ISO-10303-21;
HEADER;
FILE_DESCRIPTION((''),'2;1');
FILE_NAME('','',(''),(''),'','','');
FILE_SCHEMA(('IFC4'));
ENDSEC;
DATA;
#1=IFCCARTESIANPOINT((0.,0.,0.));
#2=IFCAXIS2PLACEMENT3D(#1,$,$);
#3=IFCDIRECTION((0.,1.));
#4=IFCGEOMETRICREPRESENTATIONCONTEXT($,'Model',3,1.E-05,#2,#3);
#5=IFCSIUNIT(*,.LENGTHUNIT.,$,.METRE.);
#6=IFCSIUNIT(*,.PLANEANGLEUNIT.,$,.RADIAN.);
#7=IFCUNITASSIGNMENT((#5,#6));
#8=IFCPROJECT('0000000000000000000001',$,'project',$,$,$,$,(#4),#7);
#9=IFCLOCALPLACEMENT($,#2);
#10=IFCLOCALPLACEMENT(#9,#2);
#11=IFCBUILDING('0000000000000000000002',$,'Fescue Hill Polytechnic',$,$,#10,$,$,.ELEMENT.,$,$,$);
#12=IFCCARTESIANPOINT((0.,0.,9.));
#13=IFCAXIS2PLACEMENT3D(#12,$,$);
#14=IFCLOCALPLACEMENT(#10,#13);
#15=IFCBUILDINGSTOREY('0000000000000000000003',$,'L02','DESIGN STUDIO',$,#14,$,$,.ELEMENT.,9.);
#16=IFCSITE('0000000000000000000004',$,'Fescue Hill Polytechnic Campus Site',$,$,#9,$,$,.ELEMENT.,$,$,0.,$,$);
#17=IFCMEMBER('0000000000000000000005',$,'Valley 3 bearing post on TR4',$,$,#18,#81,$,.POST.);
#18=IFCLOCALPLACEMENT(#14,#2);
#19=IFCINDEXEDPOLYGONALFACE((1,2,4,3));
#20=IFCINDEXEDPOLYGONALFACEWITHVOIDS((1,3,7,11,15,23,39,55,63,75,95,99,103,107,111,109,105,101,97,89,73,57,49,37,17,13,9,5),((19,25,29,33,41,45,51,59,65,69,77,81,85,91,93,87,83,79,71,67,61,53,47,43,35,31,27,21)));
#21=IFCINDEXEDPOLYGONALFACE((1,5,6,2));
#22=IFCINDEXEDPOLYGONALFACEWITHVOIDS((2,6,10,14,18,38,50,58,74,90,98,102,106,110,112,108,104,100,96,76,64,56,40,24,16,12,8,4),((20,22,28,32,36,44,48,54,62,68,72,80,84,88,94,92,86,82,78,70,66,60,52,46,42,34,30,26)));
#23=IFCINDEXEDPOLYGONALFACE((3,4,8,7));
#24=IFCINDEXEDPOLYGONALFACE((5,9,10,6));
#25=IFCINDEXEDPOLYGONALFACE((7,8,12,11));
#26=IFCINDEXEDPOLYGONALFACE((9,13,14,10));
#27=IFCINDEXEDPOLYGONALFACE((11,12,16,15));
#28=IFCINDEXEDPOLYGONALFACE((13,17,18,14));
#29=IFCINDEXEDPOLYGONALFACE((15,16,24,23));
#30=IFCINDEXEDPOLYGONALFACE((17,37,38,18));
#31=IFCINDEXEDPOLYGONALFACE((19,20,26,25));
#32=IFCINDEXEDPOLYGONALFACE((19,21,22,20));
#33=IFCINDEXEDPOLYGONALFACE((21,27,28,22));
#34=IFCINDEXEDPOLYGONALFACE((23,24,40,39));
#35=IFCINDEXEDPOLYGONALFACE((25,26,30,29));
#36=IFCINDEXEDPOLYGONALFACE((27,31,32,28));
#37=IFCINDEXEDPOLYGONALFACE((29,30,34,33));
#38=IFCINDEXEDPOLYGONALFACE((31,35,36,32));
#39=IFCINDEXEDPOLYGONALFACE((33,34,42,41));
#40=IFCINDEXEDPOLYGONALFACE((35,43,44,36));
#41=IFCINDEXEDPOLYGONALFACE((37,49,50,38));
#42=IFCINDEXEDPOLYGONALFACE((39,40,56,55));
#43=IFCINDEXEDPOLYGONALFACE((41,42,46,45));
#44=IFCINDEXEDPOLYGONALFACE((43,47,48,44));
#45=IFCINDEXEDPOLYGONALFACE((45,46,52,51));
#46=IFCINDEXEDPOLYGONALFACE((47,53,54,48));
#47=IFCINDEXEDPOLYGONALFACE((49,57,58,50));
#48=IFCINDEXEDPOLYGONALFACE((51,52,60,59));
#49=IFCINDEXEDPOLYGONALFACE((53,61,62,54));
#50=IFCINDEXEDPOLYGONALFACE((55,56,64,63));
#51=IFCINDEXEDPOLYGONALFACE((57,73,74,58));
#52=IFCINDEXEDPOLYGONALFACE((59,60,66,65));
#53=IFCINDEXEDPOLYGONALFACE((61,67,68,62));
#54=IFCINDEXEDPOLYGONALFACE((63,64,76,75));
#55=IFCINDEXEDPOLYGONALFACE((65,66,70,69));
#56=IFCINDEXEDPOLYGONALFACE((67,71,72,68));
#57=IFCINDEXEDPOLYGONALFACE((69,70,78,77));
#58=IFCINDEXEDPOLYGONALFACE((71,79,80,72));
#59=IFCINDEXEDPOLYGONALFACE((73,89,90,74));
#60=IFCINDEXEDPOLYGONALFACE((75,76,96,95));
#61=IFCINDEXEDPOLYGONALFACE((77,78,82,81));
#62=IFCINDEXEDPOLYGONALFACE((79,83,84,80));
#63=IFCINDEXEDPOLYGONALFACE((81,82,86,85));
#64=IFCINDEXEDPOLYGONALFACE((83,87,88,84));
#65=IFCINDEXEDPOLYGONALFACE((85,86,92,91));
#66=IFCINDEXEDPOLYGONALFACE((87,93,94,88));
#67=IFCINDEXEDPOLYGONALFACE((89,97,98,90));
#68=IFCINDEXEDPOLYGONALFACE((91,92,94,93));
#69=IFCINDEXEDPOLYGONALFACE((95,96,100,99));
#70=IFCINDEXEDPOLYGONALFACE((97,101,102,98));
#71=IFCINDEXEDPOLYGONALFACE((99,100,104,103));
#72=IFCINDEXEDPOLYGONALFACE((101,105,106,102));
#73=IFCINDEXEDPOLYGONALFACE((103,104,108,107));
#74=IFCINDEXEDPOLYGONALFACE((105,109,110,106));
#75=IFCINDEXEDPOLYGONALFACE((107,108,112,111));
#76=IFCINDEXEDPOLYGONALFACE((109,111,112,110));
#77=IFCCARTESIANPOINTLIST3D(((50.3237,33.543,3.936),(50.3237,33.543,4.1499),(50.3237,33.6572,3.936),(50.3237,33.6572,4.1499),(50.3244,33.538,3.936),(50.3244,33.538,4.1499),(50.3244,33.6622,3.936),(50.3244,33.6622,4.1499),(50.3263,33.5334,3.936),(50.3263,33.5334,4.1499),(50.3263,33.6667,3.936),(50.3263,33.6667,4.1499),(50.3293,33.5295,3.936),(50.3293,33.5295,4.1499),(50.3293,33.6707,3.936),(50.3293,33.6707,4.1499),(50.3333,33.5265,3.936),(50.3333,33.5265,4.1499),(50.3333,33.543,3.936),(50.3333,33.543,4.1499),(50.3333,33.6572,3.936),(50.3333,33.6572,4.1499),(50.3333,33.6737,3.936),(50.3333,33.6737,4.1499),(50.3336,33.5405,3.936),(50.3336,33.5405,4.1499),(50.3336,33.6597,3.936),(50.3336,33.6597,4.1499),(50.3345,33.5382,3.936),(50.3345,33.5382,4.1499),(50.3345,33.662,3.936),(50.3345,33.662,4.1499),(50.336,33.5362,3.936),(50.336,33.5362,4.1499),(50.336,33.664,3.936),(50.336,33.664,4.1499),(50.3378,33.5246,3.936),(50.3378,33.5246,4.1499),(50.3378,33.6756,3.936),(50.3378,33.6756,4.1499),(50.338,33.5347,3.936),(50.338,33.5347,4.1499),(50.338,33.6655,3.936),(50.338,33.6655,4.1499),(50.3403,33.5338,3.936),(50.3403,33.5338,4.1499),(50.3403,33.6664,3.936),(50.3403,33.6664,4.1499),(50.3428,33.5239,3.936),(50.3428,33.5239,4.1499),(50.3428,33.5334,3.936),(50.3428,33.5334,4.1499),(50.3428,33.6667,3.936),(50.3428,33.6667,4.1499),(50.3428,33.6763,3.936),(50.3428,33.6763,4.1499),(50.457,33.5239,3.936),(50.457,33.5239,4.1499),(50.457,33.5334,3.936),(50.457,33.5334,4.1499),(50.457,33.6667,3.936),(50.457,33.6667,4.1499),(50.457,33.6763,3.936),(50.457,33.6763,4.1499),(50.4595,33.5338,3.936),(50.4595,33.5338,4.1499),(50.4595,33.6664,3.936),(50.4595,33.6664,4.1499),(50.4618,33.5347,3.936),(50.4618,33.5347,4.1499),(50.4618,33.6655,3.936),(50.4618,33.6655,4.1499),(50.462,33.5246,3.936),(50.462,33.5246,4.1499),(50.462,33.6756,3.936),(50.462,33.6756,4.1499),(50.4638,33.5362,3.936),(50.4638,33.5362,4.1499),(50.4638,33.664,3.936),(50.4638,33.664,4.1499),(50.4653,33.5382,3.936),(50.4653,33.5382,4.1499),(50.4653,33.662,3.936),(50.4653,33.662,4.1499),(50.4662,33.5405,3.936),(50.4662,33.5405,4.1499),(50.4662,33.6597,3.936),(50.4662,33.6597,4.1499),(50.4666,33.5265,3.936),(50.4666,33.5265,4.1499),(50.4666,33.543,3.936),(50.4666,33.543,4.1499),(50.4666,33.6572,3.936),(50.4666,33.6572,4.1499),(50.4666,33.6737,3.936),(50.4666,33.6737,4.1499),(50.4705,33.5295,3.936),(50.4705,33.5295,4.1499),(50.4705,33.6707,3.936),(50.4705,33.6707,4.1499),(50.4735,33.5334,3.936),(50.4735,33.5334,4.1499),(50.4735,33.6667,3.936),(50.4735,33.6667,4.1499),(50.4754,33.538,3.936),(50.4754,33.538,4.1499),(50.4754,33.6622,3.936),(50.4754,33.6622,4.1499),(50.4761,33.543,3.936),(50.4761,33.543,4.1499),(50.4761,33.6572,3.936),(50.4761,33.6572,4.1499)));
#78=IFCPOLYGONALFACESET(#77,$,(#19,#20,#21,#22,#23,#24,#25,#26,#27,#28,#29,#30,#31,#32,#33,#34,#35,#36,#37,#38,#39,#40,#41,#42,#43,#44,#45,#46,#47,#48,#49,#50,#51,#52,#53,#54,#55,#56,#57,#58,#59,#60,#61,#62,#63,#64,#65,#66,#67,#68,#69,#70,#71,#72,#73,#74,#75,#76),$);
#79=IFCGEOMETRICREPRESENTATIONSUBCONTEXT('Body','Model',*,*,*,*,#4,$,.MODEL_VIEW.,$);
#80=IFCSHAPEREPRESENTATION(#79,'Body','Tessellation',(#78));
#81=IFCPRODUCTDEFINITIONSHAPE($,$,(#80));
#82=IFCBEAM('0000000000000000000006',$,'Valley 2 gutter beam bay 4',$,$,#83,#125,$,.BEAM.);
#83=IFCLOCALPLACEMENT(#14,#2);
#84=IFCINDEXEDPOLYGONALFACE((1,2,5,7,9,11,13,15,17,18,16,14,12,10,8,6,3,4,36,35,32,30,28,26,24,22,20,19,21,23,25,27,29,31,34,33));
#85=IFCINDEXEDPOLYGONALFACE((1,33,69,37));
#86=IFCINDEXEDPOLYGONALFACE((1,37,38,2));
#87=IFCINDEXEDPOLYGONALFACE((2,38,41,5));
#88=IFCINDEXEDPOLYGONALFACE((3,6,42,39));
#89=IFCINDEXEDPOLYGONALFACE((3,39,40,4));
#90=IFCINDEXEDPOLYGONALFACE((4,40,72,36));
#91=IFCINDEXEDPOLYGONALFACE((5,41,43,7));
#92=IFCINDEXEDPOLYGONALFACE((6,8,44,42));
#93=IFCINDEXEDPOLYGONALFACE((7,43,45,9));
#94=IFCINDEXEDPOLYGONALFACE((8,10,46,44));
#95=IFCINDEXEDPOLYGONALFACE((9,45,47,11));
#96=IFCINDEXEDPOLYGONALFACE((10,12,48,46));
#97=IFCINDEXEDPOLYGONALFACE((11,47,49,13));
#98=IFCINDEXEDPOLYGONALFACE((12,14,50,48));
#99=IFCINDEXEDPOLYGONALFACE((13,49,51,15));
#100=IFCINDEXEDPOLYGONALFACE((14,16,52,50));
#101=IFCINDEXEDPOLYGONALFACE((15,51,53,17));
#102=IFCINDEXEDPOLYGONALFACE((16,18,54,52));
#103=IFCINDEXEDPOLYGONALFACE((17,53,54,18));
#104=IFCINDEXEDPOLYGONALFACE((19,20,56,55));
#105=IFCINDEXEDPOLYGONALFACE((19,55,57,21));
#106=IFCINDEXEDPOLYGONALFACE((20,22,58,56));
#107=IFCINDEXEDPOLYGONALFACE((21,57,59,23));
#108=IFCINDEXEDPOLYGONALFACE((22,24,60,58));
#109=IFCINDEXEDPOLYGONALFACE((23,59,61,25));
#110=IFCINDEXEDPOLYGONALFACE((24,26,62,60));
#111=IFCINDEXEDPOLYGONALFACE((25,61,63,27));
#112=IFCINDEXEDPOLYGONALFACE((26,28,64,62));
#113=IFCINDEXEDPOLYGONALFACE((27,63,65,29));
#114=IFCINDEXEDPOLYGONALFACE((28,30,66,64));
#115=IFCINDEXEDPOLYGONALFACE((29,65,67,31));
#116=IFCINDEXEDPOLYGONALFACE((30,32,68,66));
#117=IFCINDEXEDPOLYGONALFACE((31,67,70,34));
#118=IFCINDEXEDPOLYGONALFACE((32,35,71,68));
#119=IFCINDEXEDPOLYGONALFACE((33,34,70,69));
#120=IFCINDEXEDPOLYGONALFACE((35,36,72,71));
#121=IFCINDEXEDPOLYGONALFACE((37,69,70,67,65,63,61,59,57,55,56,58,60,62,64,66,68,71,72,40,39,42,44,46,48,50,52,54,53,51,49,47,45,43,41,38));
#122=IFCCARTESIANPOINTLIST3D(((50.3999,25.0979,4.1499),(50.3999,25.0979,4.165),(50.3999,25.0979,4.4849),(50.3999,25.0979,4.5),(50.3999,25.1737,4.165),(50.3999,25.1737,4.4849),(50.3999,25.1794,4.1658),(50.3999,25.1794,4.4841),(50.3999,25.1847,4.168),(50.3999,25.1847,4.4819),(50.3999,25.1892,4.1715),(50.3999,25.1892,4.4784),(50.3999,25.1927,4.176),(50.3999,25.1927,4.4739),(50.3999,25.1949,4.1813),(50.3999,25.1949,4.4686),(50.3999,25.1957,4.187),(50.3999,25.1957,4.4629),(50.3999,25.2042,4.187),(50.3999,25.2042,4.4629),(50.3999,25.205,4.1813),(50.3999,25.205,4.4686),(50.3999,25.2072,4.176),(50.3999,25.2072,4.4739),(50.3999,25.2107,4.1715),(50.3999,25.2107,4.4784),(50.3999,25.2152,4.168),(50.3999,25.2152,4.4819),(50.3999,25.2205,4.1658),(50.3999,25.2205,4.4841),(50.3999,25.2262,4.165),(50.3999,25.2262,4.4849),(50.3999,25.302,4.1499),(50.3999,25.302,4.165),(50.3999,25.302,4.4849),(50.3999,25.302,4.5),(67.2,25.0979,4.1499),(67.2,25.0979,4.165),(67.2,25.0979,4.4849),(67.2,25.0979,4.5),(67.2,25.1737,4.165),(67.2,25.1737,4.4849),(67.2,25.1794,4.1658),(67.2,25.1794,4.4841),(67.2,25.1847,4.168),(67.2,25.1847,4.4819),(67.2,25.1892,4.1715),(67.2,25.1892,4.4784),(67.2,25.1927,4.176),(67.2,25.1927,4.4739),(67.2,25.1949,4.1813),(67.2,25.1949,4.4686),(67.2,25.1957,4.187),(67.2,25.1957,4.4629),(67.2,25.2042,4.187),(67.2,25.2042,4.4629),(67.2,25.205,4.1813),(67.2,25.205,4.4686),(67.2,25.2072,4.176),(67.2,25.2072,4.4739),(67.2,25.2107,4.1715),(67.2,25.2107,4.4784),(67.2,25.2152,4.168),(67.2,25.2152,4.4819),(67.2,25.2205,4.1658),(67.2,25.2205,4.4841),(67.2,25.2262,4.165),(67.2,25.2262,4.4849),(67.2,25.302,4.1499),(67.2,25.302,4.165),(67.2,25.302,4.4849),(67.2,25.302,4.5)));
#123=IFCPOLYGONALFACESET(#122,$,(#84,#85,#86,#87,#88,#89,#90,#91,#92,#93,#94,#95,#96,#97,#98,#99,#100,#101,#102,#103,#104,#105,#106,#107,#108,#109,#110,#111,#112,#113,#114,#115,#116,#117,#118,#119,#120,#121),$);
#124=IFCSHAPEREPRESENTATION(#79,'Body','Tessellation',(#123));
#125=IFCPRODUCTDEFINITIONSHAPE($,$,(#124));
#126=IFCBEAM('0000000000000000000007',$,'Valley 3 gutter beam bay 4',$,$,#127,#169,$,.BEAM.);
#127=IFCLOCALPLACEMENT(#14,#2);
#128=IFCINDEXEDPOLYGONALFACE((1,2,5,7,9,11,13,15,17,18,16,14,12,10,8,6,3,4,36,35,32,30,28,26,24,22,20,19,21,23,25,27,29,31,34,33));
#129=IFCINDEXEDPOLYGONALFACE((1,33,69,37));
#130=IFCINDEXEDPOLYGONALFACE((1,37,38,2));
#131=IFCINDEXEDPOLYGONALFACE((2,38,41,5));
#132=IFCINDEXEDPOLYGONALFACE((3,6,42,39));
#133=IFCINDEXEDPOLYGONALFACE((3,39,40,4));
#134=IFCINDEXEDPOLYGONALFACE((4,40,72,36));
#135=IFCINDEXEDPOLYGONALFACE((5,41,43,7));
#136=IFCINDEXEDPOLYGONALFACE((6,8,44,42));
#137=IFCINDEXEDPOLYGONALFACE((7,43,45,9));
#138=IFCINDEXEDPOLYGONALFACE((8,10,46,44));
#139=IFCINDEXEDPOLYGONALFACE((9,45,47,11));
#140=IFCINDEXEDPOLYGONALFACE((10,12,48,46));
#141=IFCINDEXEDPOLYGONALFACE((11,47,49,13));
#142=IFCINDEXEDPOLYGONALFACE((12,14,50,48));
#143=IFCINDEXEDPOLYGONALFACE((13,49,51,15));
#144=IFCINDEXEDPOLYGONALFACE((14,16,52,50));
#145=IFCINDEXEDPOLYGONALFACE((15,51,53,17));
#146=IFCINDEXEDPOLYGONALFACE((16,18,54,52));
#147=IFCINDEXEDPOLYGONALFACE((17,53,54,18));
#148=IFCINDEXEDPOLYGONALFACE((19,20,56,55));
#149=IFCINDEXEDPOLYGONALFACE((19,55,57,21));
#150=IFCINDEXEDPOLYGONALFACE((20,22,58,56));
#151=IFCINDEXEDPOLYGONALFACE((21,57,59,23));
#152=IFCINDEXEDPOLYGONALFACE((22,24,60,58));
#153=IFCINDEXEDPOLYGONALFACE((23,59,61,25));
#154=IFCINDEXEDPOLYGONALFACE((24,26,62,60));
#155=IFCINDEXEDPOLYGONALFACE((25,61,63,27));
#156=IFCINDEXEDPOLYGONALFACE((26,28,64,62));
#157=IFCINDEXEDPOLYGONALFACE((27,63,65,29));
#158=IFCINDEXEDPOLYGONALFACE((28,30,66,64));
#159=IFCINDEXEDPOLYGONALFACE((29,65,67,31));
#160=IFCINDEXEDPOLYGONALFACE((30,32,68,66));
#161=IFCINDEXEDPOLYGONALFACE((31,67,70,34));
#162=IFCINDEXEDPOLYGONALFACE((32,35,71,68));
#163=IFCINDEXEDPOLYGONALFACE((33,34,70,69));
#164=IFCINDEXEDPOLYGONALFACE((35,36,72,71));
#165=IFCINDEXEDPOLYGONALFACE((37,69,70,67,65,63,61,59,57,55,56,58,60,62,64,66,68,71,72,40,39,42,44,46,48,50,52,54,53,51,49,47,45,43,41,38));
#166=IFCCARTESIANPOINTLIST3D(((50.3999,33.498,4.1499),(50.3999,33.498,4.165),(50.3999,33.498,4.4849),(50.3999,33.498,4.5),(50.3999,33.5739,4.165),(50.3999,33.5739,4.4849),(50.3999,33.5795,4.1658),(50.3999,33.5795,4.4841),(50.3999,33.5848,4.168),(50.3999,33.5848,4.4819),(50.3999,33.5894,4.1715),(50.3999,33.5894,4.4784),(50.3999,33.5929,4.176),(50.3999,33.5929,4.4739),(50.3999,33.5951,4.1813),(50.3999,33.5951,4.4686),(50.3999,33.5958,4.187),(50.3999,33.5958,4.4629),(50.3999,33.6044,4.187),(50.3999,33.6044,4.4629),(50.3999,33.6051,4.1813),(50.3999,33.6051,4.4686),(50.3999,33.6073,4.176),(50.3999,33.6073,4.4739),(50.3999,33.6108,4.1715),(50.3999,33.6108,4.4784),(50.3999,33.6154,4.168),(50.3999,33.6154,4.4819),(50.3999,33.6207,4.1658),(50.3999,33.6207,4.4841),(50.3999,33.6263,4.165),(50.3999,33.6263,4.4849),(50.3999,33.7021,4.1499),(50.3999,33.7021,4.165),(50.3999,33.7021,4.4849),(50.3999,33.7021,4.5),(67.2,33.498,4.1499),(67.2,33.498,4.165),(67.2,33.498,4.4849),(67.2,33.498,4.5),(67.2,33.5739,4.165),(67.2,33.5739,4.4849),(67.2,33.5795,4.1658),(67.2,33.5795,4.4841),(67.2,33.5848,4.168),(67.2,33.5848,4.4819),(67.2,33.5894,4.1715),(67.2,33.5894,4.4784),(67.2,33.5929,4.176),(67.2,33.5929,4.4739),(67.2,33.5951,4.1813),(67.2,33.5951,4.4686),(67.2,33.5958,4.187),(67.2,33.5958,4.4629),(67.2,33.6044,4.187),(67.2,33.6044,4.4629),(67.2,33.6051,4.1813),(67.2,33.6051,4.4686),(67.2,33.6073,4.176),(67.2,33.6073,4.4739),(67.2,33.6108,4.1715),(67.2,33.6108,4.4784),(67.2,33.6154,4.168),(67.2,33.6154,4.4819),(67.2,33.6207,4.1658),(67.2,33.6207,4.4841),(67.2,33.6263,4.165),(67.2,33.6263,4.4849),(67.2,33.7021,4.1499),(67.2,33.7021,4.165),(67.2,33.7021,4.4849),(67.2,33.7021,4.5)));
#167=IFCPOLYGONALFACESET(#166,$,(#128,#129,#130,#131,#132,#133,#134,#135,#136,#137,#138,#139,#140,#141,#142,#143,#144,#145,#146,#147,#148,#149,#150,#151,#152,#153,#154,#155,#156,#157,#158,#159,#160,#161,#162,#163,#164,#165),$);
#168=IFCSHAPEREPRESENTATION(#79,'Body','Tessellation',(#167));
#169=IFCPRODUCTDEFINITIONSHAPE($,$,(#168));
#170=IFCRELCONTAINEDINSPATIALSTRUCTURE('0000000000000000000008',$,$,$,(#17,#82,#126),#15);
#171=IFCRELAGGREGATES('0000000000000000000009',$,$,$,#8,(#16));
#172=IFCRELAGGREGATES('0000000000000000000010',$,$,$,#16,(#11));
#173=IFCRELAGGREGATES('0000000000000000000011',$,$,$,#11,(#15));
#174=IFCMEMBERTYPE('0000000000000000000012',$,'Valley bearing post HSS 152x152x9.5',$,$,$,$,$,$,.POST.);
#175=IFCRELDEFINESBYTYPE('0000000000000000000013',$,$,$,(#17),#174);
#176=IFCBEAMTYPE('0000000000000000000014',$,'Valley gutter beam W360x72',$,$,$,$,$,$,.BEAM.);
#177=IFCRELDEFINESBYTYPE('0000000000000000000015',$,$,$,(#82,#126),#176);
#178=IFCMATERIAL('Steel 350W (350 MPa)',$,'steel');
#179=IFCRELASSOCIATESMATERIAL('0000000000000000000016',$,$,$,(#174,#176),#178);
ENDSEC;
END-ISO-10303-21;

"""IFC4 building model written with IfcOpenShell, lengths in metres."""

from ifc_helpers import new_model, si_unit, direction, frame, origin, origin_2d, place, context, subcontext, project, spatial, hollow_rectangle, i_section, extrude, material, material_profile, profile_set, type_object, element, save


model = new_model("IFC4")

# Units and contexts
model_context = context("Model", 3, precision=1e-05, world=origin(), true_north=direction((0.0, 1.0)))
body_context = subcontext(model_context, "Body", "Model", "MODEL_VIEW")
ifc_project = project(units=[si_unit("LENGTHUNIT", "METRE"), si_unit("PLANEANGLEUNIT", "RADIAN")], contexts=[model_context])

# Site, building, storey
site_placement = place(None, origin())
site = spatial("IfcSite", under=ifc_project, at=site_placement, Name="Fescue Hill Polytechnic Campus Site", CompositionType="ELEMENT", RefElevation=0.0)
building_placement = place(site_placement, origin())
building = spatial("IfcBuilding", under=site, at=building_placement, Name="Fescue Hill Polytechnic", CompositionType="ELEMENT")
storey_placement = place(building_placement, frame((0.0, 0.0, 9.0)))
storey = spatial("IfcBuildingStorey", under=building, at=storey_placement, Name="L02", Description="DESIGN STUDIO", CompositionType="ELEMENT", Elevation=9.0)

# Member
ifc_material = material(Name="Steel 350W (350 MPa)", Category="steel")
ifc_material_profile_1 = material_profile(ifc_material, hollow_rectangle(XDim=0.1523, YDim=0.1523, WallThickness=0.0095, InnerFilletRadius=0.0095, OuterFilletRadius=0.019, at=origin_2d()), Name="Valley bearing post HSS 152x152x9.5")
ifc_profile_set_1 = profile_set([ifc_material_profile_1], Name="Steel 350W (350 MPa)")
member_type_1 = type_object("IfcMemberType", Name="Valley bearing post HSS 152x152x9.5", PredefinedType="POST", material=ifc_profile_set_1)
for number, where, z_axis, x_axis, name in (
    (1, (50.3999, 33.6001, 3.936), (0.0, 0.0, 1.0), (1.0, 0.0, 0.0), "Valley 3 bearing post on TR4"),
):
    element("IfcMember", number, at=place(storey_placement, frame(where, z_axis=z_axis, x_axis=x_axis)), inside=storey, type_object=member_type_1, Name=name, PredefinedType="POST", context=body_context, shape_type="SweptSolid", body=[
        extrude(hollow_rectangle(XDim=0.1523, YDim=0.1523, WallThickness=0.0095, InnerFilletRadius=0.0095, OuterFilletRadius=0.019, at=origin_2d()), origin(), (0.0, 0.0, 1.0), 0.2139),
    ])

# Beams
ifc_material_profile_2 = material_profile(ifc_material, i_section(OverallWidth=0.2041, OverallDepth=0.3501, WebThickness=0.0085, FlangeThickness=0.0151, FilletRadius=0.022, at=origin_2d()), Name="W360x72")
ifc_profile_set_2 = profile_set([ifc_material_profile_2], Name="Steel 350W (350 MPa)")
beam_type = type_object("IfcBeamType", Name="Valley gutter beam W360x72", PredefinedType="BEAM", material=ifc_profile_set_2)
for number, where, z_axis, x_axis, name in (
    (2, (50.3999, 25.2, 4.325), (1.0, 0.0, 0.0), (0.0, 1.0, 0.0), "Valley 2 gutter beam bay 4"),
    (3, (50.3999, 33.6001, 4.325), (1.0, 0.0, 0.0), (0.0, 1.0, 0.0), "Valley 3 gutter beam bay 4"),
):
    element("IfcBeam", number, at=place(storey_placement, frame(where, z_axis=z_axis, x_axis=x_axis)), inside=storey, type_object=beam_type, Name=name, PredefinedType="BEAM", context=body_context, shape_type="SweptSolid", body=[
        extrude(i_section(OverallWidth=0.2041, OverallDepth=0.3501, WebThickness=0.0085, FlangeThickness=0.0151, FilletRadius=0.022, at=origin_2d()), origin(), (0.0, 0.0, 1.0), 16.8),
    ])

save(model, "model.ifc")
